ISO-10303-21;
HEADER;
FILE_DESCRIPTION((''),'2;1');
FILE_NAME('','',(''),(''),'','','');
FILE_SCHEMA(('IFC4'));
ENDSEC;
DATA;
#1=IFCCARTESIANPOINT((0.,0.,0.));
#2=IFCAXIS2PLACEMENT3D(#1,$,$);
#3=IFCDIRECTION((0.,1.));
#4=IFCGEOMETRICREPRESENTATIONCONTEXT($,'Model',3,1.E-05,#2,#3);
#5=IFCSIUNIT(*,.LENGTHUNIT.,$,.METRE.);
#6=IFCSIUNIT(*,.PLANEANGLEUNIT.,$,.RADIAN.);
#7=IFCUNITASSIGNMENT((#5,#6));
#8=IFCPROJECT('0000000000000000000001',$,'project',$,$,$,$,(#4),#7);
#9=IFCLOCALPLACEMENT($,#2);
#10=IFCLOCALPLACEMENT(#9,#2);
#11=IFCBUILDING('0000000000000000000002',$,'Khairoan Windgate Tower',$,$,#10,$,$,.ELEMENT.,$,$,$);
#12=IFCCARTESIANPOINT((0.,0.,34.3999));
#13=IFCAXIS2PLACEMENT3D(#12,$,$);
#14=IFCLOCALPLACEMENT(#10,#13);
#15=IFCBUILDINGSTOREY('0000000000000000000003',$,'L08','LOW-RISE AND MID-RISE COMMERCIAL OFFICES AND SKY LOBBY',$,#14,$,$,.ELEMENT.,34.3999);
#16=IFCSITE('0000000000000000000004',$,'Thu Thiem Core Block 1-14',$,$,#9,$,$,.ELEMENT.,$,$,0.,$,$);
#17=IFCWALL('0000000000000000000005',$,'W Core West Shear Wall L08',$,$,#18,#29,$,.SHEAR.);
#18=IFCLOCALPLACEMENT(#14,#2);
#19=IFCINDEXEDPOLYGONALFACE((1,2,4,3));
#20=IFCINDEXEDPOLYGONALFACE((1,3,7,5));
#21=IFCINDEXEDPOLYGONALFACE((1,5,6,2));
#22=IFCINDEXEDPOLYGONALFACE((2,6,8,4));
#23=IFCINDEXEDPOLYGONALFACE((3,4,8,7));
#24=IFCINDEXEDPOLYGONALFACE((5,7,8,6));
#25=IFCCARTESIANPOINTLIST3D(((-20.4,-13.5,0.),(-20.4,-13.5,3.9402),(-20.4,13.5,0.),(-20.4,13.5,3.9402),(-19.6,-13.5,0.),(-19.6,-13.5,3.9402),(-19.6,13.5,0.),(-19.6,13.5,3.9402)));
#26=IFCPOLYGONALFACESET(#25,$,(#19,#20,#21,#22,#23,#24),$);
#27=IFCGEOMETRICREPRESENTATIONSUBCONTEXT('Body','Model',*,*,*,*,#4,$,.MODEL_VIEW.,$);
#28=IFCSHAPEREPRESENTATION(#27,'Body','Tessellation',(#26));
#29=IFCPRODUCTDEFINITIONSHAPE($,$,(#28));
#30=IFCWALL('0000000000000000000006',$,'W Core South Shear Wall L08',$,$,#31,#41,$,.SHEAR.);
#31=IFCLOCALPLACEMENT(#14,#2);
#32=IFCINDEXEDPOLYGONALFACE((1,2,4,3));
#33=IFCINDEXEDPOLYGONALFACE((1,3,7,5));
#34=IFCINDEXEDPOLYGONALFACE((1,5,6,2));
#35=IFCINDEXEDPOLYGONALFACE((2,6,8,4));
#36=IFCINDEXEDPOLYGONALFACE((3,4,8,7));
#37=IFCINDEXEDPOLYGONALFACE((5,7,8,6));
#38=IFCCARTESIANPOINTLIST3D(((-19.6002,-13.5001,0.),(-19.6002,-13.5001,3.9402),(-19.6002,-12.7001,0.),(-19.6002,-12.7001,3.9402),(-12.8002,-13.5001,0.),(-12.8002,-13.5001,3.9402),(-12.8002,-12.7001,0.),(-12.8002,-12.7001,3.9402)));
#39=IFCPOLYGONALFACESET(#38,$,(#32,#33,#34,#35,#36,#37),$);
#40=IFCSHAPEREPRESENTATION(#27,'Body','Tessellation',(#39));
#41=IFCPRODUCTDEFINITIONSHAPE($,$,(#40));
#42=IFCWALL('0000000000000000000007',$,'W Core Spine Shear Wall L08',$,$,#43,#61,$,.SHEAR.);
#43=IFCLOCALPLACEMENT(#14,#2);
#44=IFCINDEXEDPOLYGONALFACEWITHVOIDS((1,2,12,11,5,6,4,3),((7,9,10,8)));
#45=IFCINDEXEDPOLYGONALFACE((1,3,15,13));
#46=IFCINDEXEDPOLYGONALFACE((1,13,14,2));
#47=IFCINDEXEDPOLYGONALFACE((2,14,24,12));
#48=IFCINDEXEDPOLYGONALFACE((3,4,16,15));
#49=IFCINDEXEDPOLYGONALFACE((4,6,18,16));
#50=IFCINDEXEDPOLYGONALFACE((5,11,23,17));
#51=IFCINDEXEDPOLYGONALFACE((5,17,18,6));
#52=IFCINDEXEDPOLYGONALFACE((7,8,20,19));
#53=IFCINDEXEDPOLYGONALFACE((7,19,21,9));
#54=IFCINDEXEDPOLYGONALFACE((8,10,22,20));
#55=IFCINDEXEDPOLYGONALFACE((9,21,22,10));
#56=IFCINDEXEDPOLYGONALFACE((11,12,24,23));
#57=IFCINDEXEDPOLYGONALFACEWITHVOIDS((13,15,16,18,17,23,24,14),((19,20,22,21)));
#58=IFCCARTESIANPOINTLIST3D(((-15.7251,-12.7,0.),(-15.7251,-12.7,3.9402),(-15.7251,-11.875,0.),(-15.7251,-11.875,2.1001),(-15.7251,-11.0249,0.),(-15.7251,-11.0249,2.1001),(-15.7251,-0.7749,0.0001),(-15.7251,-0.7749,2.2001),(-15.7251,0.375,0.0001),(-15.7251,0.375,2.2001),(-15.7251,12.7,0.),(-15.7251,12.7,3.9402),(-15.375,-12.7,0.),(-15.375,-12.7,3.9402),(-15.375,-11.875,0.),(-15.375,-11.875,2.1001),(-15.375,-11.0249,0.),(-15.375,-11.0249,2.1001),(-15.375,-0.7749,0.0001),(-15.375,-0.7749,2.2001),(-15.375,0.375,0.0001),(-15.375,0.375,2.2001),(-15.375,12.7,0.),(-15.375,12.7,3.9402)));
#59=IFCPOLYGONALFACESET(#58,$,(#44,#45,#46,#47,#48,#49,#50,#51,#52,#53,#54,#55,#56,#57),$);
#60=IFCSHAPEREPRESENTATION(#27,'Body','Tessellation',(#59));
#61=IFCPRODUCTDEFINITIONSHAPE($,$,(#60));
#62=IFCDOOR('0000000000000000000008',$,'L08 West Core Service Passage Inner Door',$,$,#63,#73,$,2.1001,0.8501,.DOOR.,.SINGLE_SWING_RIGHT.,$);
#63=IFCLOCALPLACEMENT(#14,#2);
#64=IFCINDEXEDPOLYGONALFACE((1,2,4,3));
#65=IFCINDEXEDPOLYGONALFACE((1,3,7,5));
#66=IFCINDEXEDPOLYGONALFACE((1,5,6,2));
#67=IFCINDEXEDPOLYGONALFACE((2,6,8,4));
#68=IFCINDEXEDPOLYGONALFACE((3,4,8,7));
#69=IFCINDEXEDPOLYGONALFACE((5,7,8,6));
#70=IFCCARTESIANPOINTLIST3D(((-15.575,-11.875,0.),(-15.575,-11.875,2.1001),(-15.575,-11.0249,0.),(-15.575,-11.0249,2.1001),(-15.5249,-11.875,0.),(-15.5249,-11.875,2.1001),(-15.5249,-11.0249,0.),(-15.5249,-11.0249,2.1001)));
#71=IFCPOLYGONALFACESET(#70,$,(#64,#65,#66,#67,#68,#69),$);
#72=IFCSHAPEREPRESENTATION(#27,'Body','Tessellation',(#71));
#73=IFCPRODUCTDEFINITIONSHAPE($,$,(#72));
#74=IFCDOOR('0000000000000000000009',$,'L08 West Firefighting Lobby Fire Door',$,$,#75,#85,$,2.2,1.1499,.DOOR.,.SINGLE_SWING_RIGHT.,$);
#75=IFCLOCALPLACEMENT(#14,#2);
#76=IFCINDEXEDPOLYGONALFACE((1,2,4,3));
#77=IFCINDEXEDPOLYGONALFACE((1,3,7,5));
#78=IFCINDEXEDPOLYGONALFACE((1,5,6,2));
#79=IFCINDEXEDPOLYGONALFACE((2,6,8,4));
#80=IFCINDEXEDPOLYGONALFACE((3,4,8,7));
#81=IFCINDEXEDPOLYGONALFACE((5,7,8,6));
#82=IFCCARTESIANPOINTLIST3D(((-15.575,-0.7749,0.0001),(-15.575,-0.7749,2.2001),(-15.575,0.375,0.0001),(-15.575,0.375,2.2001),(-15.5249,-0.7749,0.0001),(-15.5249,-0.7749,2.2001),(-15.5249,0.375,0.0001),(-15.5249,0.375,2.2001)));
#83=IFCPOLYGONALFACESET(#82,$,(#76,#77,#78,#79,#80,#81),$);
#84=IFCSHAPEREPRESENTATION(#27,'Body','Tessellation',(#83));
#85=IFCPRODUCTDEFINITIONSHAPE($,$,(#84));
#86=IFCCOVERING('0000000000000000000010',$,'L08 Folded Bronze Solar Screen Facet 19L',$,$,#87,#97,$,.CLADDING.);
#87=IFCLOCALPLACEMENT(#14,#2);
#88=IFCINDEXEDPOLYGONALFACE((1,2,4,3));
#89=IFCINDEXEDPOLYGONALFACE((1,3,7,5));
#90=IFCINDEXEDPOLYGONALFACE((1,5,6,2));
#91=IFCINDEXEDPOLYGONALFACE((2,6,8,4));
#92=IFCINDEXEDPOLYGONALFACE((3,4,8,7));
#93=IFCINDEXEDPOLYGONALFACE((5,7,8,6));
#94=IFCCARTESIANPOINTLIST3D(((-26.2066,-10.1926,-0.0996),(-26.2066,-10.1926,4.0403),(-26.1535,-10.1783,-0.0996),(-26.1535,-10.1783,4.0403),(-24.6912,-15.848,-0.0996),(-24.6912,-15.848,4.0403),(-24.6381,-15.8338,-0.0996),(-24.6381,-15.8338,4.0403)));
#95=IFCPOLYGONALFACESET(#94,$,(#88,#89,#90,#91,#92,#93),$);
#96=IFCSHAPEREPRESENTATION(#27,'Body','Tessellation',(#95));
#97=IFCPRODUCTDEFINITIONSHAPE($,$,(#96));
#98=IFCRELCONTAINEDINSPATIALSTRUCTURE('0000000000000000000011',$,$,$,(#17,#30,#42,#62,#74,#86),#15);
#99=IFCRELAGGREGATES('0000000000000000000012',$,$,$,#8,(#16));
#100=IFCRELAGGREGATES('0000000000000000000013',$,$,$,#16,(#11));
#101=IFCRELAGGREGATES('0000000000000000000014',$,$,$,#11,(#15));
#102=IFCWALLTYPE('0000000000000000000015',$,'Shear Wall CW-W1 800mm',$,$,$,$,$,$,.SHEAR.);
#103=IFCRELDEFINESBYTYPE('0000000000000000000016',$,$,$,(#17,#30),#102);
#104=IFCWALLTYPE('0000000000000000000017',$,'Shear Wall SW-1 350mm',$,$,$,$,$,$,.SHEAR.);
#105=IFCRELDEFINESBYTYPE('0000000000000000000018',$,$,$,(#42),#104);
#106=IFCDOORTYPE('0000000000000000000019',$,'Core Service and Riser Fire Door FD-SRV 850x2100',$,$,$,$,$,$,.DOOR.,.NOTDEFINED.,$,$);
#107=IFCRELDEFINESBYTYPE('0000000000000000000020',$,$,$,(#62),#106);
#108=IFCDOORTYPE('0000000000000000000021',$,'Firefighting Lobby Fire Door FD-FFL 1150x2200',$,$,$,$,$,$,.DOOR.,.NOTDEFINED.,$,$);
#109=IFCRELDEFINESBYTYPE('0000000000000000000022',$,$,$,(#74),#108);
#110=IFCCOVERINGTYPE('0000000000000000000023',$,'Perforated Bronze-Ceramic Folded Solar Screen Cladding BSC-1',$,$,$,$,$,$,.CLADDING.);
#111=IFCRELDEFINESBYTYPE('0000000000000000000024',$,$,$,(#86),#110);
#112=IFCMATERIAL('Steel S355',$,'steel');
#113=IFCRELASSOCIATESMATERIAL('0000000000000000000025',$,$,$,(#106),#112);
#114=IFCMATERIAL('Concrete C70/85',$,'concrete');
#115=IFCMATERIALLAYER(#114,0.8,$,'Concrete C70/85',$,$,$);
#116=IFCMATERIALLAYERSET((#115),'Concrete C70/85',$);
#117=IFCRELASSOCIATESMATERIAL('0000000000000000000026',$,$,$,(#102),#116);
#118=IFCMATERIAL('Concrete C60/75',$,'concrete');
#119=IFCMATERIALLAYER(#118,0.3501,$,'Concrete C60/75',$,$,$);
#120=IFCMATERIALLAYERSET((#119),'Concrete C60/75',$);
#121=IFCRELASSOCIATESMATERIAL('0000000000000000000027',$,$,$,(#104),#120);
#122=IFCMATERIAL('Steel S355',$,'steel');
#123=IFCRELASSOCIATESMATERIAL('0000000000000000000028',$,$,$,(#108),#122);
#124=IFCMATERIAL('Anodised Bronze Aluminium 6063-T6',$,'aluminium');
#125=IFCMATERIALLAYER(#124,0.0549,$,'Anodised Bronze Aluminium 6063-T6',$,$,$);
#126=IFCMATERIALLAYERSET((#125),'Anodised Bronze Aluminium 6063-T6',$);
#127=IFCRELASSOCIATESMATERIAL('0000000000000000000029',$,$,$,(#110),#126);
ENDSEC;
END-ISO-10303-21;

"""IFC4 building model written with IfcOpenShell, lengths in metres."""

from ifc_helpers import new_model, si_unit, direction, frame, frame_2d, origin, origin_2d, place, context, subcontext, project, spatial, rectangle, extrude, material, layer, layer_set, type_object, element, fill, save


model = new_model("IFC4")

# Units and contexts
model_context = context("Model", 3, precision=1e-05, world=origin(), true_north=direction((0.0, 1.0)))
body_context = subcontext(model_context, "Body", "Model", "MODEL_VIEW")
ifc_project = project(units=[si_unit("LENGTHUNIT", "METRE"), si_unit("PLANEANGLEUNIT", "RADIAN")], contexts=[model_context])

# Site, building, storey
site_placement = place(None, origin())
site = spatial("IfcSite", under=ifc_project, at=site_placement, Name="Thu Thiem Core Block 1-14", CompositionType="ELEMENT", RefElevation=0.0)
building_placement = place(site_placement, origin())
building = spatial("IfcBuilding", under=site, at=building_placement, Name="Khairoan Windgate Tower", CompositionType="ELEMENT")
storey_placement = place(building_placement, frame((0.0, 0.0, 34.3999)))
storey = spatial("IfcBuildingStorey", under=building, at=storey_placement, Name="L08", Description="LOW-RISE AND MID-RISE COMMERCIAL OFFICES AND SKY LOBBY", CompositionType="ELEMENT", Elevation=34.3999)

# Shared definitions
ifc_material_1 = material(Name="Steel S355", Category="steel")
door_type_1 = type_object("IfcDoorType", Name="Core Service and Riser Fire Door FD-SRV 850x2100", OperationType="NOTDEFINED", PredefinedType="DOOR", material=ifc_material_1)

# Walls
ifc_material_2 = material(Name="Concrete C70/85", Category="concrete")
ifc_layer_1 = layer(ifc_material_2, 0.8, Name="Concrete C70/85")
ifc_layer_set_1 = layer_set([ifc_layer_1], Name="Concrete C70/85")
wall_type_1 = type_object("IfcWallType", Name="Shear Wall CW-W1 800mm", PredefinedType="SHEAR", material=ifc_layer_set_1)
wall_1_placement = place(storey_placement, frame((-20.0, -13.5, 0.0), z_axis=(0.0, 0.0, 1.0), x_axis=(0.0, 1.0, 0.0)))
element("IfcWall", 1, at=wall_1_placement, inside=storey, type_object=wall_type_1, Name="W Core West Shear Wall L08", PredefinedType="SHEAR", context=body_context, shape_type="SweptSolid", body=[
    extrude(rectangle(XDim=27.0, YDim=0.8, at=frame_2d((13.5, 0.0))), origin(), (0.0, 0.0, 1.0), 3.9402),
])
wall_2_placement = place(storey_placement, frame((-19.6001, -13.1001, 0.0), z_axis=(0.0, 0.0, 1.0), x_axis=(1.0, 0.0, 0.0)))
element("IfcWall", 2, at=wall_2_placement, inside=storey, type_object=wall_type_1, Name="W Core South Shear Wall L08", PredefinedType="SHEAR", context=body_context, shape_type="SweptSolid", body=[
    extrude(rectangle(XDim=6.8, YDim=0.8, at=frame_2d((3.3999, 0.0))), origin(), (0.0, 0.0, 1.0), 3.9402),
])

# Wall, openings, doors
ifc_material_3 = material(Name="Concrete C60/75", Category="concrete")
ifc_layer_2 = layer(ifc_material_3, 0.3501, Name="Concrete C60/75")
ifc_layer_set_2 = layer_set([ifc_layer_2], Name="Concrete C60/75")
wall_type_2 = type_object("IfcWallType", Name="Shear Wall SW-1 350mm", PredefinedType="SHEAR", material=ifc_layer_set_2)
wall_3_placement = place(storey_placement, frame((-15.55, -12.7, 0.0), z_axis=(0.0, 0.0, 1.0), x_axis=(0.0, 1.0, 0.0)))
wall_3 = element("IfcWall", 3, at=wall_3_placement, inside=storey, type_object=wall_type_2, Name="W Core Spine Shear Wall L08", PredefinedType="SHEAR", context=body_context, shape_type="SweptSolid", body=[
    extrude(rectangle(XDim=25.3999, YDim=0.3501, at=frame_2d((12.7, 0.0))), origin(), (0.0, 0.0, 1.0), 3.9402),
])
opening_1_placement = place(wall_3_placement, frame((11.925, 0.0, 0.0)))
opening_1 = element("IfcOpeningElement", 4, at=opening_1_placement, cuts=wall_3, PredefinedType="OPENING", context=body_context, shape_type="SweptSolid", body=[
    extrude(rectangle(XDim=1.1499, YDim=2.2, at=frame_2d((0.575, 1.1001))), frame((0.0, 0.1851, 0.0), z_axis=(0.0, -1.0, 0.0), x_axis=(1.0, 0.0, 0.0)), (0.0, 0.0, 1.0), 0.3701),
])
opening_2_placement = place(wall_3_placement, frame((0.825, 0.0, 0.0)))
opening_2 = element("IfcOpeningElement", 5, at=opening_2_placement, cuts=wall_3, PredefinedType="OPENING", context=body_context, shape_type="SweptSolid", body=[
    extrude(rectangle(XDim=0.8501, YDim=2.1001, at=frame_2d((0.425, 1.05))), frame((0.0, 0.1851, 0.0), z_axis=(0.0, -1.0, 0.0), x_axis=(1.0, 0.0, 0.0)), (0.0, 0.0, 1.0), 0.3701),
])
door_1_placement = place(opening_2_placement, origin())
door_1 = element("IfcDoor", 6, at=door_1_placement, inside=storey, type_object=door_type_1, Name="L08 West Core Service Passage Inner Door", OperationType="SINGLE_SWING_RIGHT", OverallHeight=2.1001, OverallWidth=0.8501, PredefinedType="DOOR", context=body_context, shape_type="SweptSolid", body=[
    extrude(rectangle(XDim=0.8501, YDim=2.1001, at=frame_2d((0.425, 1.05))), frame((0.0, 0.0249, 0.0), z_axis=(0.0, -1.0, 0.0), x_axis=(1.0, 0.0, 0.0)), (0.0, 0.0, 1.0), 0.05),
])
fill(opening_2, door_1)
ifc_material_4 = material(Name="Steel S355", Category="steel")
door_type_2 = type_object("IfcDoorType", Name="Firefighting Lobby Fire Door FD-FFL 1150x2200", OperationType="NOTDEFINED", PredefinedType="DOOR", material=ifc_material_4)
door_2_placement = place(opening_1_placement, origin())
door_2 = element("IfcDoor", 7, at=door_2_placement, inside=storey, type_object=door_type_2, Name="L08 West Firefighting Lobby Fire Door", OperationType="SINGLE_SWING_RIGHT", OverallHeight=2.2, OverallWidth=1.1499, PredefinedType="DOOR", context=body_context, shape_type="SweptSolid", body=[
    extrude(rectangle(XDim=1.1499, YDim=2.2, at=frame_2d((0.575, 1.1001))), frame((0.0, 0.0249, 0.0), z_axis=(0.0, -1.0, 0.0), x_axis=(1.0, 0.0, 0.0)), (0.0, 0.0, 1.0), 0.05),
])
fill(opening_1, door_2)

# Covering
ifc_material_5 = material(Name="Anodised Bronze Aluminium 6063-T6", Category="aluminium")
ifc_layer_3 = layer(ifc_material_5, 0.0549, Name="Anodised Bronze Aluminium 6063-T6")
ifc_layer_set_3 = layer_set([ifc_layer_3], Name="Anodised Bronze Aluminium 6063-T6")
covering_type = type_object("IfcCoveringType", Name="Perforated Bronze-Ceramic Folded Solar Screen Cladding BSC-1", PredefinedType="CLADDING", material=ifc_layer_set_3)
covering_placement = place(storey_placement, frame((-25.4224, -13.0132, -0.0996), z_axis=(0.0, 0.0, 1.0), x_axis=(-0.258819, 0.965926, 0.0)))
element("IfcCovering", 8, at=covering_placement, inside=storey, type_object=covering_type, Name="L08 Folded Bronze Solar Screen Facet 19L", PredefinedType="CLADDING", context=body_context, shape_type="SweptSolid", body=[
    extrude(rectangle(XDim=5.855, YDim=0.0549, at=origin_2d()), origin(), (0.0, 0.0, 1.0), 4.1399),
])

save(model, "model.ifc")
